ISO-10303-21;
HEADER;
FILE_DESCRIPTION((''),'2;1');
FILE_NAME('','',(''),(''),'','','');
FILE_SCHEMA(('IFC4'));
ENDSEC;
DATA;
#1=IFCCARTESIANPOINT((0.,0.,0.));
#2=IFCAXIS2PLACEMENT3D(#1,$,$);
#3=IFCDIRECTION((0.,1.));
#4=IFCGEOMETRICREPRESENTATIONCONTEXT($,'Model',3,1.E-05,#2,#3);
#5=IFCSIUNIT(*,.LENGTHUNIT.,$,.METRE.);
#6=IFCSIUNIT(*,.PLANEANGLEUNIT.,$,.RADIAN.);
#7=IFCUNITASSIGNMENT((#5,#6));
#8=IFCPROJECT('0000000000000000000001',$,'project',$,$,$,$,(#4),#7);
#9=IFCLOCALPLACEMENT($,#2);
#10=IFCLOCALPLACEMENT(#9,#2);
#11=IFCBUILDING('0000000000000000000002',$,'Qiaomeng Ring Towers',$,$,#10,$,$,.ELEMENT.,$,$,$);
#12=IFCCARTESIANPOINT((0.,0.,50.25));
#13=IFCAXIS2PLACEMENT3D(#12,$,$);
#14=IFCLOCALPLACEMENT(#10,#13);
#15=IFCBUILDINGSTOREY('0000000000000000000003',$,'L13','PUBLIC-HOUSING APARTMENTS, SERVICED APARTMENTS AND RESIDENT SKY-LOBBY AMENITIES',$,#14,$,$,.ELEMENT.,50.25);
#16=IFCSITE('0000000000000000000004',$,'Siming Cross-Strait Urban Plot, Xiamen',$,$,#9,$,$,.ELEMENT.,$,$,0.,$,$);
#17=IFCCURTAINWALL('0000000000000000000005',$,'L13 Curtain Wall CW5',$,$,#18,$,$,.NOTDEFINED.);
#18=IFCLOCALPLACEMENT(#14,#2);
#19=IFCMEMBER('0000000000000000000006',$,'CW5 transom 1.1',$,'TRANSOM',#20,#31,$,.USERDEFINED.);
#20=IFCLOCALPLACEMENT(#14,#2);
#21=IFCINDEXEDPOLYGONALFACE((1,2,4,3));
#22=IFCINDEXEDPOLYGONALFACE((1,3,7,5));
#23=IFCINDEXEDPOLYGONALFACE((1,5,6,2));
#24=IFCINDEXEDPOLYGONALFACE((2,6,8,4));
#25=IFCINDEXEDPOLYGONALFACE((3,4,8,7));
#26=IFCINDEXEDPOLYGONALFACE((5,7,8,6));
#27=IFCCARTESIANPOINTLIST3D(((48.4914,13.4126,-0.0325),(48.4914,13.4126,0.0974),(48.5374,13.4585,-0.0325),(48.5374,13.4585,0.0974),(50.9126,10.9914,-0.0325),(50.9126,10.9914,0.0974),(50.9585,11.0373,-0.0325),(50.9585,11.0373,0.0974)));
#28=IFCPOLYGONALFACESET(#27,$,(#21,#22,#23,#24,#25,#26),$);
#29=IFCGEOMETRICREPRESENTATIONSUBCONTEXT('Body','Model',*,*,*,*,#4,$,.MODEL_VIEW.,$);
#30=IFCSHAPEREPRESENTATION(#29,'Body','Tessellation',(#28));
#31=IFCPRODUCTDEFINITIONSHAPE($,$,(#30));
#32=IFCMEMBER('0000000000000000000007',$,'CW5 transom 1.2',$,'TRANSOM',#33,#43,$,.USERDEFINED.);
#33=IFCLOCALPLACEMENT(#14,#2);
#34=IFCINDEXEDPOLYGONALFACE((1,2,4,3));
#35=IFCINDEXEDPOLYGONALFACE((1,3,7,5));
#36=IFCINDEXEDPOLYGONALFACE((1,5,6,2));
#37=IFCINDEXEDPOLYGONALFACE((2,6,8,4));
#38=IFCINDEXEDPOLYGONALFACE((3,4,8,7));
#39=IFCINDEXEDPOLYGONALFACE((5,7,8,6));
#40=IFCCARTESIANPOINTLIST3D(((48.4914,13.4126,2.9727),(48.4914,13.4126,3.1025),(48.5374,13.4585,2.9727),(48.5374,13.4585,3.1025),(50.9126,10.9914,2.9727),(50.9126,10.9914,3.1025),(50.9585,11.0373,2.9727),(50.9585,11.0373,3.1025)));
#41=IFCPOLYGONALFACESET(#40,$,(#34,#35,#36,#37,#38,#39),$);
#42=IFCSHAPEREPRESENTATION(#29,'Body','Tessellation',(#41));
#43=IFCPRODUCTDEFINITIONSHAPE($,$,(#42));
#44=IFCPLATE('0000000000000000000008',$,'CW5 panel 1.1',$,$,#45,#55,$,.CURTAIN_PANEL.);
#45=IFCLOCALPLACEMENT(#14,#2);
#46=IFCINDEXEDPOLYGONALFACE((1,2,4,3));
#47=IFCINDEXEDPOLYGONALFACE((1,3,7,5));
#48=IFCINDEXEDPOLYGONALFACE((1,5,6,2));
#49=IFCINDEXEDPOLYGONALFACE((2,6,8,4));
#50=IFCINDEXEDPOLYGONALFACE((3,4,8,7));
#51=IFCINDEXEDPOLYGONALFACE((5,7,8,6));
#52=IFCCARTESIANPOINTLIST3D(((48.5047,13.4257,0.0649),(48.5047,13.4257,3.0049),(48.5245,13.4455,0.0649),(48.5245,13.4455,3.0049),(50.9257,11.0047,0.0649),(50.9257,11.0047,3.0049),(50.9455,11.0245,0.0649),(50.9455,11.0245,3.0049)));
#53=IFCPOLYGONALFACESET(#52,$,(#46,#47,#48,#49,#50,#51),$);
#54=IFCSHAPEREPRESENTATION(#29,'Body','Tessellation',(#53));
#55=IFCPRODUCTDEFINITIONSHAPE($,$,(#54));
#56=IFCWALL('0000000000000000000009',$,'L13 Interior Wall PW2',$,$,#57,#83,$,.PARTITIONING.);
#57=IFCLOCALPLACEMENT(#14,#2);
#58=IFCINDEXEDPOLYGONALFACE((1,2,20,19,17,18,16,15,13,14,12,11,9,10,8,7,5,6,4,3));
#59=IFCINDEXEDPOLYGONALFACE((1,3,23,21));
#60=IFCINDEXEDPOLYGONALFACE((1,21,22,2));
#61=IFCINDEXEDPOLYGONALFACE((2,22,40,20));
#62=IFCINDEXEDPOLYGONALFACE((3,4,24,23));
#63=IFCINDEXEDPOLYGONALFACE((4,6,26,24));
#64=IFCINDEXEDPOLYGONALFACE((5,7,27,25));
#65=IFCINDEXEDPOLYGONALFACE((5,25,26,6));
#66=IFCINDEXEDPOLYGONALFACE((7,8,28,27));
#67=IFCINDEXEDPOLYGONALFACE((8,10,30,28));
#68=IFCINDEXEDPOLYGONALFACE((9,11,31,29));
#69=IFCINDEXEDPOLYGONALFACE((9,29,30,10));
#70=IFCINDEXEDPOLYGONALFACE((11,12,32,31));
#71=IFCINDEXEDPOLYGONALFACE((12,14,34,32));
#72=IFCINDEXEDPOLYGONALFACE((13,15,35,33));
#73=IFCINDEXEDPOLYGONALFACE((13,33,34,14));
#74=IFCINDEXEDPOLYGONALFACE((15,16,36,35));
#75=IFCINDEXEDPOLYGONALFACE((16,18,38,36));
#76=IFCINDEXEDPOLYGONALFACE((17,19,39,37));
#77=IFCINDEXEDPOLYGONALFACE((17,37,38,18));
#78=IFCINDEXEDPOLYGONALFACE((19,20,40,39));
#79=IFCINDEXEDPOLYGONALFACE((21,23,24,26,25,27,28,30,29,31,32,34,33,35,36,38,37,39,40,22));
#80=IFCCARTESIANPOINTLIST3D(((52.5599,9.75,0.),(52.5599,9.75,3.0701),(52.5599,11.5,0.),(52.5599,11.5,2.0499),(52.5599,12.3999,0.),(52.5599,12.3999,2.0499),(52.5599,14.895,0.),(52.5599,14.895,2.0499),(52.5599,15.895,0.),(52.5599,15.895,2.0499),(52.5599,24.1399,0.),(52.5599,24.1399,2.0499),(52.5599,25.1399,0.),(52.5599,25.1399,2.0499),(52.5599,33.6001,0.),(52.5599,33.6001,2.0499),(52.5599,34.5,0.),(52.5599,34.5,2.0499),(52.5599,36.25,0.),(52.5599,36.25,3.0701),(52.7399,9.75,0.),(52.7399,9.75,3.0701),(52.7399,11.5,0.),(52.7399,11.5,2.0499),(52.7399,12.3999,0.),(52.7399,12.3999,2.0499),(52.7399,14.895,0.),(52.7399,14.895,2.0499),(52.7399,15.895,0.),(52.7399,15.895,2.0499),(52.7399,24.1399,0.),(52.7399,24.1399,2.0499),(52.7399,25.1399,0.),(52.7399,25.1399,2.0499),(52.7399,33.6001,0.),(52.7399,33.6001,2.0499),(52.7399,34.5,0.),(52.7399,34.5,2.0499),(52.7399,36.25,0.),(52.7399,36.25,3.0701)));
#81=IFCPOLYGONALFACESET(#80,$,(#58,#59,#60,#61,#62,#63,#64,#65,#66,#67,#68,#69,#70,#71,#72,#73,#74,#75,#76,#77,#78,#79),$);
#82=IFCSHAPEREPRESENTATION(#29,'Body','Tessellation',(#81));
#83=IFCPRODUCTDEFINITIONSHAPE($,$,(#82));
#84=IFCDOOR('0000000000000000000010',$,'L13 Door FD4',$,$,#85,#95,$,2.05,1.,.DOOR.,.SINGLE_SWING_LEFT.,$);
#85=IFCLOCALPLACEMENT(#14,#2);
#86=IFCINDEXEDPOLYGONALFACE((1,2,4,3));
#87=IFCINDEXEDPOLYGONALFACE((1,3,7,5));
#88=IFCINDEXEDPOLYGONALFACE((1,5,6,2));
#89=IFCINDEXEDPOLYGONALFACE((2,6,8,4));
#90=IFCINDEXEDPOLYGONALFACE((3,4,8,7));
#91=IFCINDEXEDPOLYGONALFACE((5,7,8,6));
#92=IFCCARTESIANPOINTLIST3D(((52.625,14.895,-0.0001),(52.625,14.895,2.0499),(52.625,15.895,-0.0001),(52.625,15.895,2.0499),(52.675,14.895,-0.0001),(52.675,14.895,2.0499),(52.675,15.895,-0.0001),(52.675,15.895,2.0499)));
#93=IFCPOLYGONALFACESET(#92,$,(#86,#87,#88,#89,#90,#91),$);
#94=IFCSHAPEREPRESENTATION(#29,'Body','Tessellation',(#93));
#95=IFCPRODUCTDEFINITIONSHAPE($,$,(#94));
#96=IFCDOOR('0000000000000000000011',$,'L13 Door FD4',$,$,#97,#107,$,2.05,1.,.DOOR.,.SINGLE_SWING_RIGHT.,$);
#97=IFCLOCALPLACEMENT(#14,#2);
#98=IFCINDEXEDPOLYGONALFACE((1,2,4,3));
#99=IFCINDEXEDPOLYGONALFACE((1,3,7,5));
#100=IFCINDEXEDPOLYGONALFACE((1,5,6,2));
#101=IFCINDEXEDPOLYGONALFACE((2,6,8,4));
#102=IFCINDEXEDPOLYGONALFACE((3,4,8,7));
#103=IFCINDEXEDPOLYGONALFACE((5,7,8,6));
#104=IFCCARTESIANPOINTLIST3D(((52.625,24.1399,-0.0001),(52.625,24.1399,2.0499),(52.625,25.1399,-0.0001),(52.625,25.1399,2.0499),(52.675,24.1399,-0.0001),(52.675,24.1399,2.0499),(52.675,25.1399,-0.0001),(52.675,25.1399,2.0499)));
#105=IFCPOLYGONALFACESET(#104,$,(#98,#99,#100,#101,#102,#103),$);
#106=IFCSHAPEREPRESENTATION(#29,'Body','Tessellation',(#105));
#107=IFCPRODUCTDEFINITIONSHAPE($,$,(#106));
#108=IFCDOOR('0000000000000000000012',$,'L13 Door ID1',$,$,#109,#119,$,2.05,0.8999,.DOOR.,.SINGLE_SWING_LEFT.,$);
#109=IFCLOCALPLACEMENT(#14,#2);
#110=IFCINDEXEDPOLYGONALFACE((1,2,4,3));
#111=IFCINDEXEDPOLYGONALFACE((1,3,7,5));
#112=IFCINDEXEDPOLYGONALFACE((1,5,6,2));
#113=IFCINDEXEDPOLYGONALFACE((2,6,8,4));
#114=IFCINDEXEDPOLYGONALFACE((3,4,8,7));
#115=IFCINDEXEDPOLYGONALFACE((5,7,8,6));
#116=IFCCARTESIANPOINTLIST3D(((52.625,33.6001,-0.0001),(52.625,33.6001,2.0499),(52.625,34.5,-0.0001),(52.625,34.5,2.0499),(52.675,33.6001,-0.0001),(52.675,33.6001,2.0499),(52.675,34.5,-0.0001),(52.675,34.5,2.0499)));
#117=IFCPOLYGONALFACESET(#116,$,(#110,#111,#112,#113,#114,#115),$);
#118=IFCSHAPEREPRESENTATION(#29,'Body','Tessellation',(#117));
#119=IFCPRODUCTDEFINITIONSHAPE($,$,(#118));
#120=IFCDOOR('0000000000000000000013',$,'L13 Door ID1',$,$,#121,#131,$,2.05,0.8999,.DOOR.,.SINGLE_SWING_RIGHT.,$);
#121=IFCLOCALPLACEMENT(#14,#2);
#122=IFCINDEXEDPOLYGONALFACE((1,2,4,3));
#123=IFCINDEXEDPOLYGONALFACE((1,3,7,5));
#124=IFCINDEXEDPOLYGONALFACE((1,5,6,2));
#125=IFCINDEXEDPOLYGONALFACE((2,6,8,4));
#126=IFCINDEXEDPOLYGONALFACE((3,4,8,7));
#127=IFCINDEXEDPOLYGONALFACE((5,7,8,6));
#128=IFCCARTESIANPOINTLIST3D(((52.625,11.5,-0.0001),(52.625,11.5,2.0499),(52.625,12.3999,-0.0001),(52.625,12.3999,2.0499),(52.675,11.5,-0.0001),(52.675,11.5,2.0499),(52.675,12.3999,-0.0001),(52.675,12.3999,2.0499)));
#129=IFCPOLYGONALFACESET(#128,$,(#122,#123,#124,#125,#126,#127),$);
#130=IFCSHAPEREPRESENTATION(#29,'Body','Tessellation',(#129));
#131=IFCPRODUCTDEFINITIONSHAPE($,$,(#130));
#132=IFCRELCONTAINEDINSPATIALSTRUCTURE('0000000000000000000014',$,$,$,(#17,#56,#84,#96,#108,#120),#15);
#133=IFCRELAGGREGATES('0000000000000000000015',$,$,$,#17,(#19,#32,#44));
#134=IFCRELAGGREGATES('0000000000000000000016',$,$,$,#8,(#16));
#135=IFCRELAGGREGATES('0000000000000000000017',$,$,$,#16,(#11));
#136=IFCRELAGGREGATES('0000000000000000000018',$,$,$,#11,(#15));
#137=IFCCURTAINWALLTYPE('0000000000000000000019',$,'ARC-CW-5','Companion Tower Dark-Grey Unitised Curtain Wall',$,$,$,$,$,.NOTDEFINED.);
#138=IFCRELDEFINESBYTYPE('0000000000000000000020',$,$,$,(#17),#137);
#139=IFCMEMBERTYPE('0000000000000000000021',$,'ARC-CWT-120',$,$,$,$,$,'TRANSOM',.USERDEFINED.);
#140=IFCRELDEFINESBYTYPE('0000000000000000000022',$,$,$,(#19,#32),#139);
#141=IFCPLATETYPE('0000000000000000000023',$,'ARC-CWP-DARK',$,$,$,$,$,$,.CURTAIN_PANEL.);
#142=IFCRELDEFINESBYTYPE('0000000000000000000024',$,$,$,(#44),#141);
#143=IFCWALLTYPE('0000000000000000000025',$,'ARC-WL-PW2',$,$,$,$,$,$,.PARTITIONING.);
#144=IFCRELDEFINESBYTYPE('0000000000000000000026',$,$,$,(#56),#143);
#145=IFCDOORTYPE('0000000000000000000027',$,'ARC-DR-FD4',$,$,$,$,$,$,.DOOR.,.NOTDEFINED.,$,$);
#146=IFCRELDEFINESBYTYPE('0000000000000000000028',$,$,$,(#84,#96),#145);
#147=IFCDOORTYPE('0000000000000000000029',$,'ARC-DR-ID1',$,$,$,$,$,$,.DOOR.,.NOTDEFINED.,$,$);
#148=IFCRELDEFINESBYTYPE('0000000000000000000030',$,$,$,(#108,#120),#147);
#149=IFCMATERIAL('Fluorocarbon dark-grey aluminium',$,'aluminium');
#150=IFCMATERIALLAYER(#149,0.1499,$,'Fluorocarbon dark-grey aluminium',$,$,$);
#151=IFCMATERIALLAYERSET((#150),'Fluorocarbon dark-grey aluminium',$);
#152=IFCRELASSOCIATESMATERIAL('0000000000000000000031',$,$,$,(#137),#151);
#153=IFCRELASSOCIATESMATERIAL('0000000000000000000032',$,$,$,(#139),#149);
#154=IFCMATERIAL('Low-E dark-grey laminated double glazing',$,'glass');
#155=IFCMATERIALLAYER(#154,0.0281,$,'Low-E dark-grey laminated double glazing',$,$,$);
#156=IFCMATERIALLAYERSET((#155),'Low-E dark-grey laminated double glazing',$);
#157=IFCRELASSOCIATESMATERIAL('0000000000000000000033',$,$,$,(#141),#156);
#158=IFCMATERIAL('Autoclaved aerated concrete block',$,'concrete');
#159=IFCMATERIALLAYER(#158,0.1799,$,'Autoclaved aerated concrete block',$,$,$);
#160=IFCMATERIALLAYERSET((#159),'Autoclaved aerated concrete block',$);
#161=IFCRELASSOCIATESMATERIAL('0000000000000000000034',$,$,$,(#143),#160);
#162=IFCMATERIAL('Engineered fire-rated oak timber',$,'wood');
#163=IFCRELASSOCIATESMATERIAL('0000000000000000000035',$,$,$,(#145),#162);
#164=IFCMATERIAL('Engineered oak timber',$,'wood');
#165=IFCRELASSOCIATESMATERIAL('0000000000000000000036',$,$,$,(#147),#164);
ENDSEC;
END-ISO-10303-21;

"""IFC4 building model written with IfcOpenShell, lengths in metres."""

from ifc_helpers import new_model, si_unit, direction, frame, frame_2d, origin, origin_2d, place, context, subcontext, project, spatial, rectangle, extrude, source, transform, mapped, material, layer, layer_set, material_profile, profile_set, type_object, element, fill, aggregate, save


model = new_model("IFC4")

# Units and contexts
model_context = context("Model", 3, precision=1e-05, world=origin(), true_north=direction((0.0, 1.0)))
body_context = subcontext(model_context, "Body", "Model", "MODEL_VIEW")
ifc_project = project(units=[si_unit("LENGTHUNIT", "METRE"), si_unit("PLANEANGLEUNIT", "RADIAN")], contexts=[model_context])

# Site, building, storey
site_placement = place(None, origin())
site = spatial("IfcSite", under=ifc_project, at=site_placement, Name="Siming Cross-Strait Urban Plot, Xiamen", CompositionType="ELEMENT", RefElevation=0.0)
building_placement = place(site_placement, origin())
building = spatial("IfcBuilding", under=site, at=building_placement, Name="Qiaomeng Ring Towers", CompositionType="ELEMENT")
storey_placement = place(building_placement, frame((0.0, 0.0, 50.25)))
storey = spatial("IfcBuildingStorey", under=building, at=storey_placement, Name="L13", Description="PUBLIC-HOUSING APARTMENTS, SERVICED APARTMENTS AND RESIDENT SKY-LOBBY AMENITIES", CompositionType="ELEMENT", Elevation=50.25)

# Curtain wall
ifc_material_1 = material(Name="Fluorocarbon dark-grey aluminium", Category="aluminium")
ifc_layer_1 = layer(ifc_material_1, 0.1499, Name="Fluorocarbon dark-grey aluminium")
ifc_layer_set_1 = layer_set([ifc_layer_1], Name="Fluorocarbon dark-grey aluminium")
curtain_wall_type = type_object("IfcCurtainWallType", Name="ARC-CW-5", Description="Companion Tower Dark-Grey Unitised Curtain Wall", PredefinedType="NOTDEFINED", material=ifc_layer_set_1)
curtain_wall_1_placement = place(storey_placement, origin())
curtain_wall_1 = element("IfcCurtainWall", 1, at=curtain_wall_1_placement, inside=storey, type_object=curtain_wall_type, Name="L13 Curtain Wall CW5", PredefinedType="NOTDEFINED")

# Shared definitions
ifc_material_profile_1 = material_profile(ifc_material_1, rectangle(XDim=0.0649, YDim=0.1299, at=origin_2d()), Name="ALU TRAN 65x130")
ifc_profile_set_1 = profile_set([ifc_material_profile_1], Name="Fluorocarbon dark-grey aluminium")
member_type_1 = type_object("IfcMemberType", Name="ARC-CWT-120", ElementType="TRANSOM", PredefinedType="USERDEFINED", material=ifc_profile_set_1)

# Members
shared_shape_1 = source(origin(), body_context, "Body", "SweptSolid", [
    extrude(rectangle(XDim=0.0649, YDim=0.1299, at=origin_2d()), origin(), (0.0, 0.0, 1.0), 3.4241),
])
member_1_placement = place(storey_placement, frame((48.5144, 13.4355, 0.0325), z_axis=(0.707107, -0.707107, 0.0), x_axis=(0.707107, 0.707107, 0.0)))
member_1 = element("IfcMember", 2, at=member_1_placement, type_object=member_type_1, Name="CW5 transom 1.1", ObjectType="TRANSOM", PredefinedType="USERDEFINED", context=body_context, shape_type="MappedRepresentation", body=[
    mapped(shared_shape_1, transform((0.0, 0.0, 0.0), x_axis=(1.0, 0.0, 0.0), y_axis=(0.0, 1.0, 0.0), z_axis=(0.0, 0.0, 1.0), scale=1.0)),
])
member_2_placement = place(storey_placement, frame((48.5144, 13.4355, 3.0376), z_axis=(0.707107, -0.707107, 0.0), x_axis=(0.707107, 0.707107, 0.0)))
member_2 = element("IfcMember", 3, at=member_2_placement, type_object=member_type_1, Name="CW5 transom 1.2", ObjectType="TRANSOM", PredefinedType="USERDEFINED", context=body_context, shape_type="MappedRepresentation", body=[
    mapped(shared_shape_1, transform((0.0, 0.0, 0.0), x_axis=(1.0, 0.0, 0.0), y_axis=(0.0, 1.0, 0.0), z_axis=(0.0, 0.0, 1.0), scale=1.0)),
])

# Plate
ifc_material_2 = material(Name="Low-E dark-grey laminated double glazing", Category="glass")
ifc_layer_2 = layer(ifc_material_2, 0.0281, Name="Low-E dark-grey laminated double glazing")
ifc_layer_set_2 = layer_set([ifc_layer_2], Name="Low-E dark-grey laminated double glazing")
plate_type = type_object("IfcPlateType", Name="ARC-CWP-DARK", PredefinedType="CURTAIN_PANEL", material=ifc_layer_set_2)
shared_shape_2 = source(origin(), body_context, "Body", "SweptSolid", [
    extrude(rectangle(XDim=3.4238, YDim=0.0281, at=origin_2d()), origin(), (0.0, 0.0, 1.0), 2.9399),
])
plate_placement = place(storey_placement, frame((49.7251, 12.2251, 0.0649), z_axis=(0.0, 0.0, 1.0), x_axis=(0.707107, -0.707107, 0.0)))
plate = element("IfcPlate", 4, at=plate_placement, type_object=plate_type, Name="CW5 panel 1.1", PredefinedType="CURTAIN_PANEL", context=body_context, shape_type="MappedRepresentation", body=[
    mapped(shared_shape_2, transform((0.0, 0.0, 0.0), x_axis=(1.0, 0.0, 0.0), y_axis=(0.0, 1.0, 0.0), z_axis=(0.0, 0.0, 1.0), scale=1.0)),
])
aggregate(curtain_wall_1, [member_1, member_2, plate])

# Wall, openings, doors
ifc_material_3 = material(Name="Autoclaved aerated concrete block", Category="concrete")
ifc_layer_3 = layer(ifc_material_3, 0.1799, Name="Autoclaved aerated concrete block")
ifc_layer_set_3 = layer_set([ifc_layer_3], Name="Autoclaved aerated concrete block")
wall_type_1 = type_object("IfcWallType", Name="ARC-WL-PW2", PredefinedType="PARTITIONING", material=ifc_layer_set_3)
wall_1_placement = place(storey_placement, frame((52.6499, 9.75, 0.0), z_axis=(0.0, 0.0, 1.0), x_axis=(0.0, 1.0, 0.0)))
wall_1 = element("IfcWall", 5, at=wall_1_placement, inside=storey, type_object=wall_type_1, Name="L13 Interior Wall PW2", PredefinedType="PARTITIONING", context=body_context, shape_type="SweptSolid", body=[
    extrude(rectangle(XDim=26.5, YDim=0.1799, at=frame_2d((13.25, 0.0))), origin(), (0.0, 0.0, 1.0), 3.0701),
])
opening_1_placement = place(wall_1_placement, frame((23.8501, 0.0, 0.0)))
opening_1 = element("IfcOpeningElement", 6, at=opening_1_placement, cuts=wall_1, PredefinedType="OPENING", context=body_context, shape_type="SweptSolid", body=[
    extrude(rectangle(XDim=0.8999, YDim=2.05, at=frame_2d((0.45, 1.0249))), frame((0.0, 0.0999, 0.0), z_axis=(0.0, -1.0, 0.0), x_axis=(1.0, 0.0, 0.0)), (0.0, 0.0, 1.0), 0.2),
])
opening_2_placement = place(wall_1_placement, frame((1.75, 0.0, 0.0)))
opening_2 = element("IfcOpeningElement", 7, at=opening_2_placement, cuts=wall_1, PredefinedType="OPENING", context=body_context, shape_type="SweptSolid", body=[
    extrude(rectangle(XDim=0.8999, YDim=2.05, at=frame_2d((0.45, 1.0249))), frame((0.0, 0.0999, 0.0), z_axis=(0.0, -1.0, 0.0), x_axis=(1.0, 0.0, 0.0)), (0.0, 0.0, 1.0), 0.2),
])
opening_3_placement = place(wall_1_placement, frame((5.145, 0.0, 0.0)))
opening_3 = element("IfcOpeningElement", 8, at=opening_3_placement, cuts=wall_1, PredefinedType="OPENING", context=body_context, shape_type="SweptSolid", body=[
    extrude(rectangle(XDim=1.0, YDim=2.05, at=frame_2d((0.5, 1.0249))), frame((0.0, 0.0999, 0.0), z_axis=(0.0, -1.0, 0.0), x_axis=(1.0, 0.0, 0.0)), (0.0, 0.0, 1.0), 0.2),
])
opening_4_placement = place(wall_1_placement, frame((14.3899, 0.0, 0.0)))
opening_4 = element("IfcOpeningElement", 9, at=opening_4_placement, cuts=wall_1, PredefinedType="OPENING", context=body_context, shape_type="SweptSolid", body=[
    extrude(rectangle(XDim=1.0, YDim=2.05, at=frame_2d((0.5, 1.0249))), frame((0.0, 0.0999, 0.0), z_axis=(0.0, -1.0, 0.0), x_axis=(1.0, 0.0, 0.0)), (0.0, 0.0, 1.0), 0.2),
])
ifc_material_4 = material(Name="Engineered fire-rated oak timber", Category="wood")
door_type_1 = type_object("IfcDoorType", Name="ARC-DR-FD4", OperationType="NOTDEFINED", PredefinedType="DOOR", material=ifc_material_4)
shared_shape_3 = source(origin(), body_context, "Body", "SweptSolid", [
    extrude(rectangle(XDim=1.0, YDim=2.05, at=frame_2d((0.5, 1.0249))), frame((0.0, 0.0249, 0.0), z_axis=(0.0, -1.0, 0.0), x_axis=(1.0, 0.0, 0.0)), (0.0, 0.0, 1.0), 0.05),
])
door_1_placement = place(opening_3_placement, origin())
door_1 = element("IfcDoor", 10, at=door_1_placement, inside=storey, type_object=door_type_1, Name="L13 Door FD4", OperationType="SINGLE_SWING_LEFT", OverallHeight=2.05, OverallWidth=1.0, PredefinedType="DOOR", context=body_context, shape_type="MappedRepresentation", body=[
    mapped(shared_shape_3, transform((0.0, 0.0, 0.0), x_axis=(1.0, 0.0, 0.0), y_axis=(0.0, 1.0, 0.0), z_axis=(0.0, 0.0, 1.0), scale=1.0)),
])
fill(opening_3, door_1)
door_2_placement = place(opening_4_placement, origin())
door_2 = element("IfcDoor", 11, at=door_2_placement, inside=storey, type_object=door_type_1, Name="L13 Door FD4", OperationType="SINGLE_SWING_RIGHT", OverallHeight=2.05, OverallWidth=1.0, PredefinedType="DOOR", context=body_context, shape_type="MappedRepresentation", body=[
    mapped(shared_shape_3, transform((0.0, 0.0, 0.0), x_axis=(1.0, 0.0, 0.0), y_axis=(0.0, 1.0, 0.0), z_axis=(0.0, 0.0, 1.0), scale=1.0)),
])
fill(opening_4, door_2)
ifc_material_5 = material(Name="Engineered oak timber", Category="wood")
door_type_2 = type_object("IfcDoorType", Name="ARC-DR-ID1", OperationType="NOTDEFINED", PredefinedType="DOOR", material=ifc_material_5)
shared_shape_4 = source(origin(), body_context, "Body", "SweptSolid", [
    extrude(rectangle(XDim=0.8999, YDim=2.05, at=frame_2d((0.45, 1.0249))), frame((0.0, 0.0249, 0.0), z_axis=(0.0, -1.0, 0.0), x_axis=(1.0, 0.0, 0.0)), (0.0, 0.0, 1.0), 0.05),
])
door_3_placement = place(opening_1_placement, origin())
door_3 = element("IfcDoor", 12, at=door_3_placement, inside=storey, type_object=door_type_2, Name="L13 Door ID1", OperationType="SINGLE_SWING_LEFT", OverallHeight=2.05, OverallWidth=0.8999, PredefinedType="DOOR", context=body_context, shape_type="MappedRepresentation", body=[
    mapped(shared_shape_4, transform((0.0, 0.0, 0.0), x_axis=(1.0, 0.0, 0.0), y_axis=(0.0, 1.0, 0.0), z_axis=(0.0, 0.0, 1.0), scale=1.0)),
])
fill(opening_1, door_3)
door_4_placement = place(opening_2_placement, origin())
door_4 = element("IfcDoor", 13, at=door_4_placement, inside=storey, type_object=door_type_2, Name="L13 Door ID1", OperationType="SINGLE_SWING_RIGHT", OverallHeight=2.05, OverallWidth=0.8999, PredefinedType="DOOR", context=body_context, shape_type="MappedRepresentation", body=[
    mapped(shared_shape_4, transform((0.0, 0.0, 0.0), x_axis=(1.0, 0.0, 0.0), y_axis=(0.0, 1.0, 0.0), z_axis=(0.0, 0.0, 1.0), scale=1.0)),
])
fill(opening_2, door_4)

save(model, "model.ifc")
